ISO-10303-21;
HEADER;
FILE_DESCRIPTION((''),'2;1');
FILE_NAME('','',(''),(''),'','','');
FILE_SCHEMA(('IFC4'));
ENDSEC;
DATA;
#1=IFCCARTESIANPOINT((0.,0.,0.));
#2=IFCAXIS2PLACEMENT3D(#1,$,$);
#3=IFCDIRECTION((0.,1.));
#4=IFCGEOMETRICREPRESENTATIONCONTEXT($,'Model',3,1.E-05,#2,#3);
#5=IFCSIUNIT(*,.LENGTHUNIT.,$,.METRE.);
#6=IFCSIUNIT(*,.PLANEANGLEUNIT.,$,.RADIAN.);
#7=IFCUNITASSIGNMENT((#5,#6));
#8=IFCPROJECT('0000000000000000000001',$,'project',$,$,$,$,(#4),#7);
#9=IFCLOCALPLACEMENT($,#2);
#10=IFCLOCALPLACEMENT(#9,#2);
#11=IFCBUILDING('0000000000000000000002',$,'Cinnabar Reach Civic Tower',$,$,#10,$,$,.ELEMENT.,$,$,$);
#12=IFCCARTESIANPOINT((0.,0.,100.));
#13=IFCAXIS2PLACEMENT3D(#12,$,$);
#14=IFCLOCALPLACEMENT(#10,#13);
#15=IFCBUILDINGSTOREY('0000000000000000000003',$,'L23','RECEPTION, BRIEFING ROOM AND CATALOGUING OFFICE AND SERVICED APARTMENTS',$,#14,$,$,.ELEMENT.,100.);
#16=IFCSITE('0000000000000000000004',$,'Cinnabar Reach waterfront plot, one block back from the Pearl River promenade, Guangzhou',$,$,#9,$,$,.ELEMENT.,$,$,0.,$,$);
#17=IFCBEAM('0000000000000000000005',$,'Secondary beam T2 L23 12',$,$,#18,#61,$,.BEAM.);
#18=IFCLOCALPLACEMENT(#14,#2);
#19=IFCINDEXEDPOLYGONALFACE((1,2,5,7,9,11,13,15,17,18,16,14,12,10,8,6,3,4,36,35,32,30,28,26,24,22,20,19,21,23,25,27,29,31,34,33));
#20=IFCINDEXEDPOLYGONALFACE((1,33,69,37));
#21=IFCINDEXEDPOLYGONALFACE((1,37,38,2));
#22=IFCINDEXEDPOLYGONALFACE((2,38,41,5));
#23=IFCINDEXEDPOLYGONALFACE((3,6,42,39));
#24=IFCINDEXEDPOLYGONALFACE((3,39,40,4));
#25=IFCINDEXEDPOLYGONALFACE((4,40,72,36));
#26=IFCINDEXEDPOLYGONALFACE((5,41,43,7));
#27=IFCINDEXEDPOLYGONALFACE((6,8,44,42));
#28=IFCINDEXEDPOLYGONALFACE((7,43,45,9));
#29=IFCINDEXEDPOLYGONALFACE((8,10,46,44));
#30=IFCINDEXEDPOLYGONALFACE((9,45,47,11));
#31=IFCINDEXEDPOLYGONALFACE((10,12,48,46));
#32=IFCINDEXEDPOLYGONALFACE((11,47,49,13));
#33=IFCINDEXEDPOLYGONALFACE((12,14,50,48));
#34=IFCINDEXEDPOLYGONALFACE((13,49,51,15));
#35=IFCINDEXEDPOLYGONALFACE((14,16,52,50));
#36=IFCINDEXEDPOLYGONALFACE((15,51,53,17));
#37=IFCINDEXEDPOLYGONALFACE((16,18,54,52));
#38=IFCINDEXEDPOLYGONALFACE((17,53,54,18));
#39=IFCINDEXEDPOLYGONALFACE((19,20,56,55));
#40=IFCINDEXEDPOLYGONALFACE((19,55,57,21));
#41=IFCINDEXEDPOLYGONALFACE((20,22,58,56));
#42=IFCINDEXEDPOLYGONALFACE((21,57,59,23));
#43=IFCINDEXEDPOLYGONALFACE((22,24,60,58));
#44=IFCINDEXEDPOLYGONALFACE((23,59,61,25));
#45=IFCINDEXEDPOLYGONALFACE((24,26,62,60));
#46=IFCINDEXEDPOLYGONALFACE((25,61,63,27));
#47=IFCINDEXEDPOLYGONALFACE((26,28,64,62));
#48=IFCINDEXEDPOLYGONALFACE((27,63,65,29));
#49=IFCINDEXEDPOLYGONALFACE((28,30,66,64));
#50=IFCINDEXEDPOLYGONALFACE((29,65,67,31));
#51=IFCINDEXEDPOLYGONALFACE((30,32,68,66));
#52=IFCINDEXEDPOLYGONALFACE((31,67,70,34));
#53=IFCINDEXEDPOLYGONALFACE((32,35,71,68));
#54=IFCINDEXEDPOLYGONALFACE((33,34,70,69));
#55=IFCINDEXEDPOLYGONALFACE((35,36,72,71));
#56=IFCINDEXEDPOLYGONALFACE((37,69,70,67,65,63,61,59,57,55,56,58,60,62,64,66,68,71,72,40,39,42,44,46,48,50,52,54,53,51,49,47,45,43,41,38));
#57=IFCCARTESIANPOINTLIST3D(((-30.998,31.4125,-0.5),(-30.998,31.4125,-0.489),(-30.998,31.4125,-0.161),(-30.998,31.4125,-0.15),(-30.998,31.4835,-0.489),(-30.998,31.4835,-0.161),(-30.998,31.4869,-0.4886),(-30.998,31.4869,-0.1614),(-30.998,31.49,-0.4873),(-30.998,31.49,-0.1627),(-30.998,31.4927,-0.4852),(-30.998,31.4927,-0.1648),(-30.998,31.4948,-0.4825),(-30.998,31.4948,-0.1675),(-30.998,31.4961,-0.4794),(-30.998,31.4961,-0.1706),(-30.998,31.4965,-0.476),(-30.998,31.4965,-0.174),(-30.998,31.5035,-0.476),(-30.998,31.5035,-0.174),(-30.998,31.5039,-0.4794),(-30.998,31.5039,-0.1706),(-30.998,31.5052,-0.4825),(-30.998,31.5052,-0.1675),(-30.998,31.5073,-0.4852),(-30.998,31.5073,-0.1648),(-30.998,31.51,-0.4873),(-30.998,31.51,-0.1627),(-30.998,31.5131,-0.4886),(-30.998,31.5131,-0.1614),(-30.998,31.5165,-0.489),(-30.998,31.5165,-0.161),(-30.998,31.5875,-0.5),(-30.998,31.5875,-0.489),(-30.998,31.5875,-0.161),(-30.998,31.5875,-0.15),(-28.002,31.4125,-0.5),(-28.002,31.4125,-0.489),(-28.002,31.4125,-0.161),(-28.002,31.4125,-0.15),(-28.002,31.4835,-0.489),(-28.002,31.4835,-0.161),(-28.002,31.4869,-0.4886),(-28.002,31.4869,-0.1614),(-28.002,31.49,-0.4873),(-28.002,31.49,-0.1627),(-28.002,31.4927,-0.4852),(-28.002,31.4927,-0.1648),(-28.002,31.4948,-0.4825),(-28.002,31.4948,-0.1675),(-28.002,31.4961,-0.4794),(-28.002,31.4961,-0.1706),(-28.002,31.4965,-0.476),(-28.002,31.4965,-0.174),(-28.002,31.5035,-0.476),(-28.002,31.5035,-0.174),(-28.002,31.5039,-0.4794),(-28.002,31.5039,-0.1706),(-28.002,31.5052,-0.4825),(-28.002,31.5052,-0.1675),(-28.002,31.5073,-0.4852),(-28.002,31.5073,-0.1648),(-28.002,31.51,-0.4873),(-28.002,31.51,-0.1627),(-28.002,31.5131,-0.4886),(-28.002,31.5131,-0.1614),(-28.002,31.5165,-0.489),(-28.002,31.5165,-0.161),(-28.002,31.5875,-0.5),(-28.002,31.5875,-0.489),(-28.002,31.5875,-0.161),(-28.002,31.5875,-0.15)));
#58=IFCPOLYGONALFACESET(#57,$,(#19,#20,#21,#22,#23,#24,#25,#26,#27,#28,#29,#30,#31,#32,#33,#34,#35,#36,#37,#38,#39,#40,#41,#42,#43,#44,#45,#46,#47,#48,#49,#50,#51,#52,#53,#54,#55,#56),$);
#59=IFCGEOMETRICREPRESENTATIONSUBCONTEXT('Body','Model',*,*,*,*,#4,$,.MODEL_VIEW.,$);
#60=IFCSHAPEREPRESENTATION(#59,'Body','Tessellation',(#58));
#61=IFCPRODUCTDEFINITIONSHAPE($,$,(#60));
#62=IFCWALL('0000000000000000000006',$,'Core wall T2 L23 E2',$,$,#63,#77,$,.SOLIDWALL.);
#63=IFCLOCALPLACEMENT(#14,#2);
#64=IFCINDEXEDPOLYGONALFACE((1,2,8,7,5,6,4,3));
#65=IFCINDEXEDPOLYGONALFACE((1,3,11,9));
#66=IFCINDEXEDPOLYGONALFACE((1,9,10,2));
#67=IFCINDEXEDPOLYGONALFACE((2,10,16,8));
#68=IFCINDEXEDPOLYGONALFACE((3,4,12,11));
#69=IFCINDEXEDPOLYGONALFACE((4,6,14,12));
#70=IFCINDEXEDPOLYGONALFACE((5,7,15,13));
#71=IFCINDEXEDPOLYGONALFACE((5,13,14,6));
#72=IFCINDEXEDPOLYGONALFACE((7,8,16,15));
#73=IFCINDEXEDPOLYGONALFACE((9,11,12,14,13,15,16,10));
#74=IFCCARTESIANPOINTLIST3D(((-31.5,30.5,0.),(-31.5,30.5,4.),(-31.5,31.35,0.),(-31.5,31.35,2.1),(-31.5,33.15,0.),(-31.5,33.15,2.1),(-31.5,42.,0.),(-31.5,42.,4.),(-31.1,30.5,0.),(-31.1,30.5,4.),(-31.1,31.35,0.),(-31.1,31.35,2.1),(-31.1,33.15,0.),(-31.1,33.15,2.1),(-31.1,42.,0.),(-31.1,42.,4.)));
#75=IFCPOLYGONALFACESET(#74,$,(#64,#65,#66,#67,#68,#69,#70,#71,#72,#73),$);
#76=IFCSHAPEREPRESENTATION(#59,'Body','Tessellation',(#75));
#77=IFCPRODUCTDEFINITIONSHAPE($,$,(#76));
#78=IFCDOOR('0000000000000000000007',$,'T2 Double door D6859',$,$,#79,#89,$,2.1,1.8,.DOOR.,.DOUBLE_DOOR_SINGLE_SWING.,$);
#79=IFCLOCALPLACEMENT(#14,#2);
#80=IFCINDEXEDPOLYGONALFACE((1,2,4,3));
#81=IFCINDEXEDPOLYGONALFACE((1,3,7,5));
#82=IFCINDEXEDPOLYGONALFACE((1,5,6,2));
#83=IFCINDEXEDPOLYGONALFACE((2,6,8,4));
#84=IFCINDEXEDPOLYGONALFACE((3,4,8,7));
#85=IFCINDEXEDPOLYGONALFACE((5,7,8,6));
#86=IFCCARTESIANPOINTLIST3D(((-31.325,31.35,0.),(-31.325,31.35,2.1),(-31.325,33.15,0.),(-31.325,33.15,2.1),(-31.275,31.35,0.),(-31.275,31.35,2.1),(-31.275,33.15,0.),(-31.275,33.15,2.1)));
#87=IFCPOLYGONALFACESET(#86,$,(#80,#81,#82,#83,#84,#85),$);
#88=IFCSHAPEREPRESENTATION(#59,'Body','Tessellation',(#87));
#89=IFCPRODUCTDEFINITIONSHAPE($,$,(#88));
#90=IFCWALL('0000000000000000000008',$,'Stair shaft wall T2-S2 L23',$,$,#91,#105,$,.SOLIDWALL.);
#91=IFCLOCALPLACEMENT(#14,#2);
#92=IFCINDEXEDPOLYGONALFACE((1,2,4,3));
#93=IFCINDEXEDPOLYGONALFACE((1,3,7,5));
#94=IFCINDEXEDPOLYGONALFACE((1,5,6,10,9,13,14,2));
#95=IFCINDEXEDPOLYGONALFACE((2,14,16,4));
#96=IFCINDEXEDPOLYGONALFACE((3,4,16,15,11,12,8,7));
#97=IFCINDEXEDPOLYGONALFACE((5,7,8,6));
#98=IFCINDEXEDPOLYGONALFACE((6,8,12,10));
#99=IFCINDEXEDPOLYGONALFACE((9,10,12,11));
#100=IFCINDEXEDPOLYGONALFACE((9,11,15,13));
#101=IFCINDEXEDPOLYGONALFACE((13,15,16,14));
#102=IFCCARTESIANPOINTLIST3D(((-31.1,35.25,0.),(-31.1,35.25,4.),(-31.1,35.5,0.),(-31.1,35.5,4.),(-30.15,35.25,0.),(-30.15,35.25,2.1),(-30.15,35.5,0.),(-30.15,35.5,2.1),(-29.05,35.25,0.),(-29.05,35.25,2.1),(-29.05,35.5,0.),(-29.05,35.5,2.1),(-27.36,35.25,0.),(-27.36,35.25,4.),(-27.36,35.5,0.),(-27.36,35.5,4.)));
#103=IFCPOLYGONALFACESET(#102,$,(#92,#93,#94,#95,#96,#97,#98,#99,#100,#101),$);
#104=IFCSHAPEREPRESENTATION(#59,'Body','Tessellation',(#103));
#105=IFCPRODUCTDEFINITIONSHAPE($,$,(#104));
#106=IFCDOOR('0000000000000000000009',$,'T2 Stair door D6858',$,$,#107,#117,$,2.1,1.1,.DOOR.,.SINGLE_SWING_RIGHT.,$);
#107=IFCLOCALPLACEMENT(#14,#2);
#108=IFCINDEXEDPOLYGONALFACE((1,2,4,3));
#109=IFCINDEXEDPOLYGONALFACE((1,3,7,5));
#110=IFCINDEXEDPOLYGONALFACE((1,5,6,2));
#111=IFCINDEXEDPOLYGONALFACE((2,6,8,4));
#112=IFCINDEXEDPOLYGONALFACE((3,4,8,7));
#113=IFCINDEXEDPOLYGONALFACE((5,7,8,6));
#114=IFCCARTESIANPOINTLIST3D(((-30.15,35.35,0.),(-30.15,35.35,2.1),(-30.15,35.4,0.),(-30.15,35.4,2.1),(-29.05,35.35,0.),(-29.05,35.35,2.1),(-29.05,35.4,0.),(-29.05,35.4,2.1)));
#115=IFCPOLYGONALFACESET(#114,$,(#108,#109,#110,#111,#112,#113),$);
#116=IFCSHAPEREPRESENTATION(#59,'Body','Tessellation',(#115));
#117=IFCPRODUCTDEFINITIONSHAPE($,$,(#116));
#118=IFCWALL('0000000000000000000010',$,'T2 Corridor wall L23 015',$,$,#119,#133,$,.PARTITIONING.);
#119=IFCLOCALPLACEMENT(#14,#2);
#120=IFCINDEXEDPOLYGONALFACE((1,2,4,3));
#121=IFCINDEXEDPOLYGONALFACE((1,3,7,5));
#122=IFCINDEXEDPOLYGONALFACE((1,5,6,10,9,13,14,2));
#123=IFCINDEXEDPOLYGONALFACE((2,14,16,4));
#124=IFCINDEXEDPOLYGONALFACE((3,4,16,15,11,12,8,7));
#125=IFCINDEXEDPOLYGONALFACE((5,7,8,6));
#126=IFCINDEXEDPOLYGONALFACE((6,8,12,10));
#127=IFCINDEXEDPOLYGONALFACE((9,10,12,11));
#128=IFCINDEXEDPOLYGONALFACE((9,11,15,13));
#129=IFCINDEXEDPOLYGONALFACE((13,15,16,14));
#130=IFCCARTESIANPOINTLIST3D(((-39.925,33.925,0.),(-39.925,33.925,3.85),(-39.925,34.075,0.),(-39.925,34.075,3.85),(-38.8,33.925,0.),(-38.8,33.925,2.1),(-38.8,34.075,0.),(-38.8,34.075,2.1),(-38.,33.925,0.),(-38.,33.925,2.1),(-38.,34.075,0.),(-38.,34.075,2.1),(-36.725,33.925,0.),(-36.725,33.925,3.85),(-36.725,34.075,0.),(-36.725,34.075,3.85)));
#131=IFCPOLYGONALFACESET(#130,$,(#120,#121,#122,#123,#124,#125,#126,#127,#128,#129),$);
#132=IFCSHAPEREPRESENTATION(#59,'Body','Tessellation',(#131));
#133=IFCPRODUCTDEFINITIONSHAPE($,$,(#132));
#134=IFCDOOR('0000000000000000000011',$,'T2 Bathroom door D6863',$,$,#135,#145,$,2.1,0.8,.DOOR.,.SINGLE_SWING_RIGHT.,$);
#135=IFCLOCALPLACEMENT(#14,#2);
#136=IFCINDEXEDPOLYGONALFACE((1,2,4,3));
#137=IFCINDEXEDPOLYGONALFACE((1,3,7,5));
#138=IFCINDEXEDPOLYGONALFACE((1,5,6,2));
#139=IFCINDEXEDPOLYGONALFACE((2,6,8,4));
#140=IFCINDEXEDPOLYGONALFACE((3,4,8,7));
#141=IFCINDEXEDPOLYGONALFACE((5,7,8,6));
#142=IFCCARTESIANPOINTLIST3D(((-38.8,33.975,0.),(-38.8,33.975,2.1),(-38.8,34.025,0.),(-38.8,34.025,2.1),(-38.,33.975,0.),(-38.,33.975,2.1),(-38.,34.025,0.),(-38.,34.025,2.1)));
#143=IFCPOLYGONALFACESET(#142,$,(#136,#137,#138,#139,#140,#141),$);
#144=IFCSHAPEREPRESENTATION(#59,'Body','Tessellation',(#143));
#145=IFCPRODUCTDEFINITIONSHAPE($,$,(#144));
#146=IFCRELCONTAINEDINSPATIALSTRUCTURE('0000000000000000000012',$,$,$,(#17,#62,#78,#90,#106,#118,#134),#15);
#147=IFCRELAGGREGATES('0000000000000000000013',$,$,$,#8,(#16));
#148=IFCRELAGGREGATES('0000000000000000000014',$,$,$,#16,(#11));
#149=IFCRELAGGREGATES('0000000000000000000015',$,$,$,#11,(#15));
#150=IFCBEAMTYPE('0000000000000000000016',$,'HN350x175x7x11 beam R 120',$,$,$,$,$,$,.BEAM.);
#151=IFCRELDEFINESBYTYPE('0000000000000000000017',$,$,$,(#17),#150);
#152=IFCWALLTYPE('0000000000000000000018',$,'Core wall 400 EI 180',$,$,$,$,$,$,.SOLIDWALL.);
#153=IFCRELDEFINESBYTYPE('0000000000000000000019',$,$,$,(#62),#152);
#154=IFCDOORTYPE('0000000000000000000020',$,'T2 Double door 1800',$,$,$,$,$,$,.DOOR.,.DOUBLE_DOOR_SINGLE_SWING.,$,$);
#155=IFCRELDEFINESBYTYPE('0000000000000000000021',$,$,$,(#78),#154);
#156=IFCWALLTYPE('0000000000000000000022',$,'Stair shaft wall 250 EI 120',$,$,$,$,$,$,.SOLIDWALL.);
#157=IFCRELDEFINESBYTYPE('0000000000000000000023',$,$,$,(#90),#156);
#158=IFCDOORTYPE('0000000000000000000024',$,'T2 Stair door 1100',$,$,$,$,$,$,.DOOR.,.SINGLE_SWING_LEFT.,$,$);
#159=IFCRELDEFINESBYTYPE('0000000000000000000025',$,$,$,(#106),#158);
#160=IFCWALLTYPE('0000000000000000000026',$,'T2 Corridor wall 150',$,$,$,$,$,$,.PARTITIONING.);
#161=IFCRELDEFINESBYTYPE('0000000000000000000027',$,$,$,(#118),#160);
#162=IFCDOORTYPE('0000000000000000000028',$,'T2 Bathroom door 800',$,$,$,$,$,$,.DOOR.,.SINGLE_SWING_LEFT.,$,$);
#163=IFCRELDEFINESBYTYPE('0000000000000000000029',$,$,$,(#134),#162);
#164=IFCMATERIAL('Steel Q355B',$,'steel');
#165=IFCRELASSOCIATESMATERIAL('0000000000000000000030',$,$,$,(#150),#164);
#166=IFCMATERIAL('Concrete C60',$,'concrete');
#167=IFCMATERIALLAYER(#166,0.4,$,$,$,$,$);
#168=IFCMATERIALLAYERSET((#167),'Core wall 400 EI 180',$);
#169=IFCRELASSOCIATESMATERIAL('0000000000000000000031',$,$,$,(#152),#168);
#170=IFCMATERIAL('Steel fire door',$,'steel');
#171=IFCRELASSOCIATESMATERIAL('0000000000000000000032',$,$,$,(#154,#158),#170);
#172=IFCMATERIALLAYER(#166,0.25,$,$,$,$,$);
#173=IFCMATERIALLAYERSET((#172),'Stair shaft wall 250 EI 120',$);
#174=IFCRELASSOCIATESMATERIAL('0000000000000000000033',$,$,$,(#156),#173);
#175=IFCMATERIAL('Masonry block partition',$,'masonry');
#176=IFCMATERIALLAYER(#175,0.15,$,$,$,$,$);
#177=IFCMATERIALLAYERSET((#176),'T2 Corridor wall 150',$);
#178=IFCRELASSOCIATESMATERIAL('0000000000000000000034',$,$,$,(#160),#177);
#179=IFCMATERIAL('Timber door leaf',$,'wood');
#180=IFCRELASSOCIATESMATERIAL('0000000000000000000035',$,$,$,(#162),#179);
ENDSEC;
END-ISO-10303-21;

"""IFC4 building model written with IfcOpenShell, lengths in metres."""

from ifc_helpers import new_model, si_unit, direction, frame, frame_2d, origin, origin_2d, place, context, subcontext, project, spatial, rectangle, i_section, extrude, material, layer, layer_set, material_profile, profile_set, type_object, element, fill, save


model = new_model("IFC4")

# Units and contexts
model_context = context("Model", 3, precision=1e-05, world=origin(), true_north=direction((0.0, 1.0)))
body_context = subcontext(model_context, "Body", "Model", "MODEL_VIEW")
ifc_project = project(units=[si_unit("LENGTHUNIT", "METRE"), si_unit("PLANEANGLEUNIT", "RADIAN")], contexts=[model_context])

# Site, building, storey
site_placement = place(None, origin())
site = spatial("IfcSite", under=ifc_project, at=site_placement, Name="Cinnabar Reach waterfront plot, one block back from the Pearl River promenade, Guangzhou", CompositionType="ELEMENT", RefElevation=0.0)
building_placement = place(site_placement, origin())
building = spatial("IfcBuilding", under=site, at=building_placement, Name="Cinnabar Reach Civic Tower", CompositionType="ELEMENT")
storey_placement = place(building_placement, frame((0.0, 0.0, 100.0)))
storey = spatial("IfcBuildingStorey", under=building, at=storey_placement, Name="L23", Description="RECEPTION, BRIEFING ROOM AND CATALOGUING OFFICE AND SERVICED APARTMENTS", CompositionType="ELEMENT", Elevation=100.0)

# Beam
ifc_material_1 = material(Name="Steel Q355B", Category="steel")
ifc_material_profile = material_profile(ifc_material_1, i_section(OverallWidth=0.175, OverallDepth=0.35, WebThickness=0.007, FlangeThickness=0.011, FilletRadius=0.013, at=origin_2d()), Name="HN350x175x7x11")
ifc_profile_set = profile_set([ifc_material_profile], Name="Steel Q355B")
beam_type = type_object("IfcBeamType", Name="HN350x175x7x11 beam R 120", PredefinedType="BEAM", material=ifc_profile_set)
beam_placement = place(storey_placement, frame((-30.998, 31.5, -0.325), z_axis=(1.0, 0.0, 0.0), x_axis=(0.0, 1.0, 0.0)))
element("IfcBeam", 1, at=beam_placement, inside=storey, type_object=beam_type, Name="Secondary beam T2 L23 12", PredefinedType="BEAM", context=body_context, shape_type="SweptSolid", body=[
    extrude(i_section(OverallWidth=0.175, OverallDepth=0.35, WebThickness=0.007, FlangeThickness=0.011, FilletRadius=0.013, at=origin_2d()), origin(), (0.0, 0.0, 1.0), 2.996),
])

# Walls, openings, doors
ifc_material_2 = material(Name="Concrete C60", Category="concrete")
ifc_layer_1 = layer(ifc_material_2, 0.4)
ifc_layer_set_1 = layer_set([ifc_layer_1], Name="Core wall 400 EI 180")
wall_type_1 = type_object("IfcWallType", Name="Core wall 400 EI 180", PredefinedType="SOLIDWALL", material=ifc_layer_set_1)
wall_1_placement = place(storey_placement, frame((-31.3, 30.5, 0.0), z_axis=(0.0, 0.0, 1.0), x_axis=(0.0, 1.0, 0.0)))
wall_1 = element("IfcWall", 2, at=wall_1_placement, inside=storey, type_object=wall_type_1, Name="Core wall T2 L23 E2", PredefinedType="SOLIDWALL", context=body_context, shape_type="SweptSolid", body=[
    extrude(rectangle(XDim=11.5, YDim=0.4, at=frame_2d((5.75, 0.0))), origin(), (0.0, 0.0, 1.0), 4.0),
])
opening_1_placement = place(wall_1_placement, frame((0.85, 0.0, 0.0)))
opening_1 = element("IfcOpeningElement", 3, at=opening_1_placement, cuts=wall_1, PredefinedType="OPENING", context=body_context, shape_type="SweptSolid", body=[
    extrude(rectangle(XDim=1.8, YDim=2.1, at=frame_2d((0.9, 1.05))), frame((0.0, 0.21, 0.0), z_axis=(0.0, -1.0, 0.0), x_axis=(1.0, 0.0, 0.0)), (0.0, 0.0, 1.0), 0.42),
])
ifc_material_3 = material(Name="Steel fire door", Category="steel")
door_type_1 = type_object("IfcDoorType", Name="T2 Double door 1800", OperationType="DOUBLE_DOOR_SINGLE_SWING", PredefinedType="DOOR", material=ifc_material_3)
door_1_placement = place(opening_1_placement, origin())
door_1 = element("IfcDoor", 4, at=door_1_placement, inside=storey, type_object=door_type_1, Name="T2 Double door D6859", OperationType="DOUBLE_DOOR_SINGLE_SWING", OverallHeight=2.1, OverallWidth=1.8, PredefinedType="DOOR", context=body_context, shape_type="SweptSolid", body=[
    extrude(rectangle(XDim=1.8, YDim=2.1, at=frame_2d((0.9, 1.05))), frame((0.0, 0.025, 0.0), z_axis=(0.0, -1.0, 0.0), x_axis=(1.0, 0.0, 0.0)), (0.0, 0.0, 1.0), 0.05),
])
fill(opening_1, door_1)
ifc_layer_2 = layer(ifc_material_2, 0.25)
ifc_layer_set_2 = layer_set([ifc_layer_2], Name="Stair shaft wall 250 EI 120")
wall_type_2 = type_object("IfcWallType", Name="Stair shaft wall 250 EI 120", PredefinedType="SOLIDWALL", material=ifc_layer_set_2)
wall_2_placement = place(storey_placement, frame((-31.1, 35.375, 0.0), z_axis=(0.0, 0.0, 1.0), x_axis=(1.0, 0.0, 0.0)))
wall_2 = element("IfcWall", 5, at=wall_2_placement, inside=storey, type_object=wall_type_2, Name="Stair shaft wall T2-S2 L23", PredefinedType="SOLIDWALL", context=body_context, shape_type="SweptSolid", body=[
    extrude(rectangle(XDim=3.74, YDim=0.25, at=frame_2d((1.87, 0.0))), origin(), (0.0, 0.0, 1.0), 4.0),
])
opening_2_placement = place(wall_2_placement, frame((0.95, 0.0, 0.0)))
opening_2 = element("IfcOpeningElement", 6, at=opening_2_placement, cuts=wall_2, PredefinedType="OPENING", context=body_context, shape_type="SweptSolid", body=[
    extrude(rectangle(XDim=1.1, YDim=2.1, at=frame_2d((0.55, 1.05))), frame((0.0, 0.135, 0.0), z_axis=(0.0, -1.0, 0.0), x_axis=(1.0, 0.0, 0.0)), (0.0, 0.0, 1.0), 0.27),
])
door_type_2 = type_object("IfcDoorType", Name="T2 Stair door 1100", OperationType="SINGLE_SWING_LEFT", PredefinedType="DOOR", material=ifc_material_3)
door_2_placement = place(opening_2_placement, origin())
door_2 = element("IfcDoor", 7, at=door_2_placement, inside=storey, type_object=door_type_2, Name="T2 Stair door D6858", OperationType="SINGLE_SWING_RIGHT", OverallHeight=2.1, OverallWidth=1.1, PredefinedType="DOOR", context=body_context, shape_type="SweptSolid", body=[
    extrude(rectangle(XDim=1.1, YDim=2.1, at=frame_2d((0.55, 1.05))), frame((0.0, 0.025, 0.0), z_axis=(0.0, -1.0, 0.0), x_axis=(1.0, 0.0, 0.0)), (0.0, 0.0, 1.0), 0.05),
])
fill(opening_2, door_2)
ifc_material_4 = material(Name="Masonry block partition", Category="masonry")
ifc_layer_3 = layer(ifc_material_4, 0.15)
ifc_layer_set_3 = layer_set([ifc_layer_3], Name="T2 Corridor wall 150")
wall_type_3 = type_object("IfcWallType", Name="T2 Corridor wall 150", PredefinedType="PARTITIONING", material=ifc_layer_set_3)
wall_3_placement = place(storey_placement, frame((-36.725, 34.0, 0.0), z_axis=(0.0, 0.0, 1.0), x_axis=(-1.0, 0.0, 0.0)))
wall_3 = element("IfcWall", 8, at=wall_3_placement, inside=storey, type_object=wall_type_3, Name="T2 Corridor wall L23 015", PredefinedType="PARTITIONING", context=body_context, shape_type="SweptSolid", body=[
    extrude(rectangle(XDim=3.2, YDim=0.15, at=frame_2d((1.6, 0.0))), origin(), (0.0, 0.0, 1.0), 3.85),
])
opening_3_placement = place(wall_3_placement, frame((1.275, 0.0, 0.0)))
opening_3 = element("IfcOpeningElement", 9, at=opening_3_placement, cuts=wall_3, PredefinedType="OPENING", context=body_context, shape_type="SweptSolid", body=[
    extrude(rectangle(XDim=0.8, YDim=2.1, at=frame_2d((0.4, 1.05))), frame((0.0, 0.085, 0.0), z_axis=(0.0, -1.0, 0.0), x_axis=(1.0, 0.0, 0.0)), (0.0, 0.0, 1.0), 0.17),
])
ifc_material_5 = material(Name="Timber door leaf", Category="wood")
door_type_3 = type_object("IfcDoorType", Name="T2 Bathroom door 800", OperationType="SINGLE_SWING_LEFT", PredefinedType="DOOR", material=ifc_material_5)
door_3_placement = place(opening_3_placement, frame((0.8, 0.0, 0.0), z_axis=(0.0, 0.0, 1.0), x_axis=(-1.0, 0.0, 0.0)))
door_3 = element("IfcDoor", 10, at=door_3_placement, inside=storey, type_object=door_type_3, Name="T2 Bathroom door D6863", OperationType="SINGLE_SWING_RIGHT", OverallHeight=2.1, OverallWidth=0.8, PredefinedType="DOOR", context=body_context, shape_type="SweptSolid", body=[
    extrude(rectangle(XDim=0.8, YDim=2.1, at=frame_2d((0.4, 1.05))), frame((0.0, 0.025, 0.0), z_axis=(0.0, -1.0, 0.0), x_axis=(1.0, 0.0, 0.0)), (0.0, 0.0, 1.0), 0.05),
])
fill(opening_3, door_3)

save(model, "model.ifc")
